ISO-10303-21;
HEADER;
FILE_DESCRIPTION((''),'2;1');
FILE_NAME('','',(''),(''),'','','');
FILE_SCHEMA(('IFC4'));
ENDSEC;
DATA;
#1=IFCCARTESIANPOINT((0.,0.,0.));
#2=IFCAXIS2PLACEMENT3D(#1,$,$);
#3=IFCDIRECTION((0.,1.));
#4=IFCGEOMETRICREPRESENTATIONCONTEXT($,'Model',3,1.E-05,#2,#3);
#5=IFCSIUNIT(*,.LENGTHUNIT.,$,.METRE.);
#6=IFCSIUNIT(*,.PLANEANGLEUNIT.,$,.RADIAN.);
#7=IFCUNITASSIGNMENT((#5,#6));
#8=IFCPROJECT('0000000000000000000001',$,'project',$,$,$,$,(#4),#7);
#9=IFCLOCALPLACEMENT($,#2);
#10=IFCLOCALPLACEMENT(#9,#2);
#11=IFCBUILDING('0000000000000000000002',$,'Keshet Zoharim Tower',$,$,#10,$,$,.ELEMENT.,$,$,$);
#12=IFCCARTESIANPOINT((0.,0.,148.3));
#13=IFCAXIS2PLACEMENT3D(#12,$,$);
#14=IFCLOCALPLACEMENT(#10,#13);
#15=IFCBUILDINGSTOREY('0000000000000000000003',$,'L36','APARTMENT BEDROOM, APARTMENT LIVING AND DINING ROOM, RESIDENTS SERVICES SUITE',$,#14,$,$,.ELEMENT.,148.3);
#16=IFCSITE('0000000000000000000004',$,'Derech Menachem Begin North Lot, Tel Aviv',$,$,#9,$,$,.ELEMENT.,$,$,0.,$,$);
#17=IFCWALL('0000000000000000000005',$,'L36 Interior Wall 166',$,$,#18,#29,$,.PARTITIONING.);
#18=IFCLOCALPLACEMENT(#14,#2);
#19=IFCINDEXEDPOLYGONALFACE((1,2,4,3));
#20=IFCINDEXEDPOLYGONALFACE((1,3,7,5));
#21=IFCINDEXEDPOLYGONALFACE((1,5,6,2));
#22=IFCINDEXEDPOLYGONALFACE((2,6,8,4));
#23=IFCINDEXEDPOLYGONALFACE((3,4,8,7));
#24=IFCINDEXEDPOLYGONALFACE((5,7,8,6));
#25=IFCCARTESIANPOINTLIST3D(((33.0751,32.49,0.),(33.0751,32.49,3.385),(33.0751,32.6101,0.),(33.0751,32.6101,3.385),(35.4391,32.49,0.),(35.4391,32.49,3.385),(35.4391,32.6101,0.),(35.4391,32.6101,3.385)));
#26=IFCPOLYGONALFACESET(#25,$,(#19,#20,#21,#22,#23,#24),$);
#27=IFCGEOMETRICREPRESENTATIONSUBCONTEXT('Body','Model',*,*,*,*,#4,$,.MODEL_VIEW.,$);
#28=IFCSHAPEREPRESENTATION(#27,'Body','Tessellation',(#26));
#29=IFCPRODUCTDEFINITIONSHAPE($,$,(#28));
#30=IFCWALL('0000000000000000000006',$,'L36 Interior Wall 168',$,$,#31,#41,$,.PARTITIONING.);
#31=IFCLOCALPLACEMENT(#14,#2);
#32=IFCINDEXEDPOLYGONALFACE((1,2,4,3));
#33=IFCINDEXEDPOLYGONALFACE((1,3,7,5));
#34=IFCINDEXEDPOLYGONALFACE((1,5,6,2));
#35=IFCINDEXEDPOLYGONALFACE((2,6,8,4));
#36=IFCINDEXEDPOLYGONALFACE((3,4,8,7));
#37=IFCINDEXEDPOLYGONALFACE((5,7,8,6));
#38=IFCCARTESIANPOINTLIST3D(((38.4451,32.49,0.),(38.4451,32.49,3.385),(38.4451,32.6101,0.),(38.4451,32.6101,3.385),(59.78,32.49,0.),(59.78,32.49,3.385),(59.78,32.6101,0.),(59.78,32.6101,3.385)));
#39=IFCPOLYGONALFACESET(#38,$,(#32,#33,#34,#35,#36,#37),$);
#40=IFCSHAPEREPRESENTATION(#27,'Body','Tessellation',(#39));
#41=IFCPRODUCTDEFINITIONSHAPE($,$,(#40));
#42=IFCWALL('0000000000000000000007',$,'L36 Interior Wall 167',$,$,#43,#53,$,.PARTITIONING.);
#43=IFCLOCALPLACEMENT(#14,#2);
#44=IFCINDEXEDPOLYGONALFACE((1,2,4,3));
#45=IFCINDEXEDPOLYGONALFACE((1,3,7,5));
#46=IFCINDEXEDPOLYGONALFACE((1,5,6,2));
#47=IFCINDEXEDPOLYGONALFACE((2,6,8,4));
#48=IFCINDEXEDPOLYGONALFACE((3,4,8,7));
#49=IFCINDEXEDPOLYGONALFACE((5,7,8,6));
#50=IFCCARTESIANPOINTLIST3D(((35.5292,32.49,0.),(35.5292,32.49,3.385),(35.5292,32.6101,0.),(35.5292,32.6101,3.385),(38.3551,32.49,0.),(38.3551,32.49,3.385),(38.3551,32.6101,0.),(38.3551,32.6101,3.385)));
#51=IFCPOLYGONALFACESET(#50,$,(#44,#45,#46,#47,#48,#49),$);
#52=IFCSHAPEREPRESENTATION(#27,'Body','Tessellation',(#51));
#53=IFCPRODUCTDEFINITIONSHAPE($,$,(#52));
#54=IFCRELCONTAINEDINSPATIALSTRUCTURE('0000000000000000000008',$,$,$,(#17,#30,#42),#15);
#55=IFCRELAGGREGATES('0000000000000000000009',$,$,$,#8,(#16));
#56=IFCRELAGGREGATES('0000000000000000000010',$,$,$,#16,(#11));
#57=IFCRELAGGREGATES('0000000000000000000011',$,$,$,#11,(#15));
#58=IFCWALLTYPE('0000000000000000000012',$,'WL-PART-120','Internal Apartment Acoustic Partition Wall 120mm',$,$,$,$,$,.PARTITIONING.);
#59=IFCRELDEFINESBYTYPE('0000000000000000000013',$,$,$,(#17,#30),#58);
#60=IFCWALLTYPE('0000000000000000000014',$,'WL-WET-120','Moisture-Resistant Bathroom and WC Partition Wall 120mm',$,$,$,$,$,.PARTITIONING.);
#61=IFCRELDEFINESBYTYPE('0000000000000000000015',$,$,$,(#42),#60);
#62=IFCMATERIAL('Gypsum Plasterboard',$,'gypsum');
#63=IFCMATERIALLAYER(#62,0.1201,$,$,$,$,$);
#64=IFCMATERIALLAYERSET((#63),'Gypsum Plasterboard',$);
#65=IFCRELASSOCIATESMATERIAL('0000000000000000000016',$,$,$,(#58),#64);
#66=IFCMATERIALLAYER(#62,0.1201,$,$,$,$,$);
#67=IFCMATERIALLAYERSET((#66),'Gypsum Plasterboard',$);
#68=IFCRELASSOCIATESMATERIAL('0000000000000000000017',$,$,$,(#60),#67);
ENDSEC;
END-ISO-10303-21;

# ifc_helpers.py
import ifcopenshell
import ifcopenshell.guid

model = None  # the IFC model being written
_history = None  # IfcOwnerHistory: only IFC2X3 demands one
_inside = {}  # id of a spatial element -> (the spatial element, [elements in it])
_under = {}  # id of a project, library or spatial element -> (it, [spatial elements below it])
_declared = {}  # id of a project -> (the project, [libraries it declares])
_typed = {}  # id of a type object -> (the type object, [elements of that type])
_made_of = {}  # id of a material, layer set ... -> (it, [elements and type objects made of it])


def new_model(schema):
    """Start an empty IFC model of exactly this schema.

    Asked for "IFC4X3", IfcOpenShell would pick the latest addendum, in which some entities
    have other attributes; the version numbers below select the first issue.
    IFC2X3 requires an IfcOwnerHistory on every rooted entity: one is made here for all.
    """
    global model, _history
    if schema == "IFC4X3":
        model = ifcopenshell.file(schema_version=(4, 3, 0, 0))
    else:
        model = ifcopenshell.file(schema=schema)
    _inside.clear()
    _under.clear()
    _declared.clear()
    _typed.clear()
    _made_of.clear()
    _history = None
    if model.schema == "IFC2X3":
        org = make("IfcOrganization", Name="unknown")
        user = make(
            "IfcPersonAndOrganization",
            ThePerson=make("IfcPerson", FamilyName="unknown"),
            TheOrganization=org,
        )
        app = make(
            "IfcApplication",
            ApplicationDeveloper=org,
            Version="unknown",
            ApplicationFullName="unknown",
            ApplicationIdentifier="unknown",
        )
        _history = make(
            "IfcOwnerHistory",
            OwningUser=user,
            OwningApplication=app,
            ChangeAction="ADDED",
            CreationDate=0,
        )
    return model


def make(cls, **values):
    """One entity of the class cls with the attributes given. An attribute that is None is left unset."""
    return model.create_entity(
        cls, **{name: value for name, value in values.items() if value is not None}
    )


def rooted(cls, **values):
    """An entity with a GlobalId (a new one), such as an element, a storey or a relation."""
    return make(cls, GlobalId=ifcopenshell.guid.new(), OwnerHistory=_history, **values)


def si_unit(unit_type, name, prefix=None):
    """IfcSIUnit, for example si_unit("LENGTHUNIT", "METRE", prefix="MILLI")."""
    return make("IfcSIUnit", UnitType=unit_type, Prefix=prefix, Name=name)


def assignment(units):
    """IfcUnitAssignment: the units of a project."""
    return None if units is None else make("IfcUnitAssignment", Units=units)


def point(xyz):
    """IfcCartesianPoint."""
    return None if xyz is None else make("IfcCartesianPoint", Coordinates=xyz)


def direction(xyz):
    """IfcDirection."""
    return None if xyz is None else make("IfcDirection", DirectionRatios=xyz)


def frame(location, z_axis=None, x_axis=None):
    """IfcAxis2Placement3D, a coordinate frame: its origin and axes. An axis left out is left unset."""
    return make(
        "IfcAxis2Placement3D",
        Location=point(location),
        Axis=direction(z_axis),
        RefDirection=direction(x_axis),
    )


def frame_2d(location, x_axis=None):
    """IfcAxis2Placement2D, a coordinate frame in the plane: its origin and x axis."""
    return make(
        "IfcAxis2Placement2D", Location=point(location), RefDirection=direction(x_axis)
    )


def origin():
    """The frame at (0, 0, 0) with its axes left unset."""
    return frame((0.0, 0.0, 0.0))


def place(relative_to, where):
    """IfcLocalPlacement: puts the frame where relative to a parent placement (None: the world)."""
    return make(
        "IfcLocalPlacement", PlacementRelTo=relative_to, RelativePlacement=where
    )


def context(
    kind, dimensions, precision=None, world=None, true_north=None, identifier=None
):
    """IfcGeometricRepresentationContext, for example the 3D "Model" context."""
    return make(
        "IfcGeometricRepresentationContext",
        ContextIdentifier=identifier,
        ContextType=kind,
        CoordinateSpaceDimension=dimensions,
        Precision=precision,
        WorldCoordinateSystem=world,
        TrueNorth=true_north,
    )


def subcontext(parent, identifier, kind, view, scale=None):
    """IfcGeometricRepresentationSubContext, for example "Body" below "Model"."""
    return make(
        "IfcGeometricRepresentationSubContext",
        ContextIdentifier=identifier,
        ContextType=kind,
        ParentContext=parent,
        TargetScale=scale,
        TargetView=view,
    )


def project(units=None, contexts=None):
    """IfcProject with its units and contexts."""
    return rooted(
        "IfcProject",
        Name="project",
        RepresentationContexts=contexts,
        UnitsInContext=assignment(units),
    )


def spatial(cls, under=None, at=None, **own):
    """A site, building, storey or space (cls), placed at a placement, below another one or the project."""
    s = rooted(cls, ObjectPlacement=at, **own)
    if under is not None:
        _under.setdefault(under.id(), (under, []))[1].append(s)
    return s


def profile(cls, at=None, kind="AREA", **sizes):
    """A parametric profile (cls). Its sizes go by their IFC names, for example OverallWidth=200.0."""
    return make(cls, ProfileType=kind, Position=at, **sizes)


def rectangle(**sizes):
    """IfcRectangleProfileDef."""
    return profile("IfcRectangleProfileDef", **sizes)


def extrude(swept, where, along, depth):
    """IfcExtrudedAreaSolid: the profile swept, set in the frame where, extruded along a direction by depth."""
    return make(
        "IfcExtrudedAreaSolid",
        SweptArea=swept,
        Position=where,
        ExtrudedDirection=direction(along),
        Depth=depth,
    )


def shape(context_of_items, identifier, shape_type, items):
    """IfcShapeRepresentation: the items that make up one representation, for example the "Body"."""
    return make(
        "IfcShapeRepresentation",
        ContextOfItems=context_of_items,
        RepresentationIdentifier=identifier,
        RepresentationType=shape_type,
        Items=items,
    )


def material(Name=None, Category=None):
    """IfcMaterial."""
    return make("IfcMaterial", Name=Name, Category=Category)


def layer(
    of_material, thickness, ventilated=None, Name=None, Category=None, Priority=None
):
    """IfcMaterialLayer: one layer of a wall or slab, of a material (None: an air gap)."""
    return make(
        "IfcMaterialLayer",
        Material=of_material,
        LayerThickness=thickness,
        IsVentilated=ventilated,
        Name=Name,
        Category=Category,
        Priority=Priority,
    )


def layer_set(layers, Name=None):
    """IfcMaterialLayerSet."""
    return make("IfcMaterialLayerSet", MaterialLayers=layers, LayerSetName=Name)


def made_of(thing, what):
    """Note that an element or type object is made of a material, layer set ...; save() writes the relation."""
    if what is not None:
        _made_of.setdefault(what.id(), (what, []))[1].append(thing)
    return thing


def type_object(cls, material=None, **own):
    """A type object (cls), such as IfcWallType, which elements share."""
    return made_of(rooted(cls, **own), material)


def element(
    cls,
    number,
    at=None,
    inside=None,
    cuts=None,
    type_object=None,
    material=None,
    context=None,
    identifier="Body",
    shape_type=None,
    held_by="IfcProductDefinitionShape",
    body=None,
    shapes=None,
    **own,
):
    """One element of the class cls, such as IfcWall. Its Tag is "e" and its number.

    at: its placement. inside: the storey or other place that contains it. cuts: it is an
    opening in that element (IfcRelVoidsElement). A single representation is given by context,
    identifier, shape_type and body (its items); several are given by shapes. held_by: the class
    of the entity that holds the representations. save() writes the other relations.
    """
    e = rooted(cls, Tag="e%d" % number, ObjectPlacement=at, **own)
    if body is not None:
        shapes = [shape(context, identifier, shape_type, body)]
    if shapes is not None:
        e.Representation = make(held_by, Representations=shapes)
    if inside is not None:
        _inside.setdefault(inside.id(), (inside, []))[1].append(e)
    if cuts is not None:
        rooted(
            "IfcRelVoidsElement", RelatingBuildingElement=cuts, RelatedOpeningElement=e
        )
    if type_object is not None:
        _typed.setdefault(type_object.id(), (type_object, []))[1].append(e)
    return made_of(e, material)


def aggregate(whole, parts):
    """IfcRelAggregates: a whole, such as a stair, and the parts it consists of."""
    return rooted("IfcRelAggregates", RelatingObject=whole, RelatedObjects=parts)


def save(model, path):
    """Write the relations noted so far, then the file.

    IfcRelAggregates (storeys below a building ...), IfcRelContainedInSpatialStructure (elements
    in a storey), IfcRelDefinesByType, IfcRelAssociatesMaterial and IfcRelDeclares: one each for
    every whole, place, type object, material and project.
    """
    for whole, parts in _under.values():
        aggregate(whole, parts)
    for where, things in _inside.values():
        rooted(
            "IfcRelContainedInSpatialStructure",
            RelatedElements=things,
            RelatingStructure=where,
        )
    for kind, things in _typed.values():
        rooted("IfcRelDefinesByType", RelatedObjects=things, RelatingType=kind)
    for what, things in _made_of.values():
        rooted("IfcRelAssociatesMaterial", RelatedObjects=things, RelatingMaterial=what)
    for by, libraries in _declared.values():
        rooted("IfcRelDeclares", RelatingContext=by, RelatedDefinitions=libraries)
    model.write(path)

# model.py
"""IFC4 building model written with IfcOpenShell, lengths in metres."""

from ifc_helpers import new_model, si_unit, direction, frame, frame_2d, origin, place, context, subcontext, project, spatial, rectangle, extrude, material, layer, layer_set, type_object, element, save


model = new_model("IFC4")

# Units and contexts
model_context = context("Model", 3, precision=1e-05, world=origin(), true_north=direction((0.0, 1.0)))
body_context = subcontext(model_context, "Body", "Model", "MODEL_VIEW")
ifc_project = project(units=[si_unit("LENGTHUNIT", "METRE"), si_unit("PLANEANGLEUNIT", "RADIAN")], contexts=[model_context])

# Site, building, storey
site_placement = place(None, origin())
site = spatial("IfcSite", under=ifc_project, at=site_placement, Name="Derech Menachem Begin North Lot, Tel Aviv", CompositionType="ELEMENT", RefElevation=0.0)
building_placement = place(site_placement, origin())
building = spatial("IfcBuilding", under=site, at=building_placement, Name="Keshet Zoharim Tower", CompositionType="ELEMENT")
storey_placement = place(building_placement, frame((0.0, 0.0, 148.3)))
storey = spatial("IfcBuildingStorey", under=building, at=storey_placement, Name="L36", Description="APARTMENT BEDROOM, APARTMENT LIVING AND DINING ROOM, RESIDENTS SERVICES SUITE", CompositionType="ELEMENT", Elevation=148.3)

# Shared definitions
ifc_material_1 = material(Name="Gypsum Plasterboard", Category="gypsum")

# Walls
ifc_layer_1 = layer(ifc_material_1, 0.1201)
ifc_layer_set_1 = layer_set([ifc_layer_1], Name="Gypsum Plasterboard")
wall_type_1 = type_object("IfcWallType", Name="WL-PART-120", Description="Internal Apartment Acoustic Partition Wall 120mm", PredefinedType="PARTITIONING", material=ifc_layer_set_1)
wall_1_placement = place(storey_placement, frame((33.075, 32.55, 0.0), z_axis=(0.0, 0.0, 1.0), x_axis=(1.0, 0.0, 0.0)))
element("IfcWall", 1, at=wall_1_placement, inside=storey, type_object=wall_type_1, Name="L36 Interior Wall 166", PredefinedType="PARTITIONING", context=body_context, shape_type="SweptSolid", body=[
    extrude(rectangle(XDim=2.364, YDim=0.1201, at=frame_2d((1.1821, 0.0))), origin(), (0.0, 0.0, 1.0), 3.385),
])
wall_2_placement = place(storey_placement, frame((38.4451, 32.55, 0.0), z_axis=(0.0, 0.0, 1.0), x_axis=(1.0, 0.0, 0.0)))
element("IfcWall", 2, at=wall_2_placement, inside=storey, type_object=wall_type_1, Name="L36 Interior Wall 168", PredefinedType="PARTITIONING", context=body_context, shape_type="SweptSolid", body=[
    extrude(rectangle(XDim=21.335, YDim=0.1201, at=frame_2d((10.6675, 0.0))), origin(), (0.0, 0.0, 1.0), 3.385),
])
ifc_layer_2 = layer(ifc_material_1, 0.1201)
ifc_layer_set_2 = layer_set([ifc_layer_2], Name="Gypsum Plasterboard")
wall_type_2 = type_object("IfcWallType", Name="WL-WET-120", Description="Moisture-Resistant Bathroom and WC Partition Wall 120mm", PredefinedType="PARTITIONING", material=ifc_layer_set_2)
wall_3_placement = place(storey_placement, frame((35.5291, 32.55, 0.0), z_axis=(0.0, 0.0, 1.0), x_axis=(1.0, 0.0, 0.0)))
element("IfcWall", 3, at=wall_3_placement, inside=storey, type_object=wall_type_2, Name="L36 Interior Wall 167", PredefinedType="PARTITIONING", context=body_context, shape_type="SweptSolid", body=[
    extrude(rectangle(XDim=2.8259, YDim=0.1201, at=frame_2d((1.4131, 0.0))), origin(), (0.0, 0.0, 1.0), 3.385),
])

save(model, "model.ifc")
